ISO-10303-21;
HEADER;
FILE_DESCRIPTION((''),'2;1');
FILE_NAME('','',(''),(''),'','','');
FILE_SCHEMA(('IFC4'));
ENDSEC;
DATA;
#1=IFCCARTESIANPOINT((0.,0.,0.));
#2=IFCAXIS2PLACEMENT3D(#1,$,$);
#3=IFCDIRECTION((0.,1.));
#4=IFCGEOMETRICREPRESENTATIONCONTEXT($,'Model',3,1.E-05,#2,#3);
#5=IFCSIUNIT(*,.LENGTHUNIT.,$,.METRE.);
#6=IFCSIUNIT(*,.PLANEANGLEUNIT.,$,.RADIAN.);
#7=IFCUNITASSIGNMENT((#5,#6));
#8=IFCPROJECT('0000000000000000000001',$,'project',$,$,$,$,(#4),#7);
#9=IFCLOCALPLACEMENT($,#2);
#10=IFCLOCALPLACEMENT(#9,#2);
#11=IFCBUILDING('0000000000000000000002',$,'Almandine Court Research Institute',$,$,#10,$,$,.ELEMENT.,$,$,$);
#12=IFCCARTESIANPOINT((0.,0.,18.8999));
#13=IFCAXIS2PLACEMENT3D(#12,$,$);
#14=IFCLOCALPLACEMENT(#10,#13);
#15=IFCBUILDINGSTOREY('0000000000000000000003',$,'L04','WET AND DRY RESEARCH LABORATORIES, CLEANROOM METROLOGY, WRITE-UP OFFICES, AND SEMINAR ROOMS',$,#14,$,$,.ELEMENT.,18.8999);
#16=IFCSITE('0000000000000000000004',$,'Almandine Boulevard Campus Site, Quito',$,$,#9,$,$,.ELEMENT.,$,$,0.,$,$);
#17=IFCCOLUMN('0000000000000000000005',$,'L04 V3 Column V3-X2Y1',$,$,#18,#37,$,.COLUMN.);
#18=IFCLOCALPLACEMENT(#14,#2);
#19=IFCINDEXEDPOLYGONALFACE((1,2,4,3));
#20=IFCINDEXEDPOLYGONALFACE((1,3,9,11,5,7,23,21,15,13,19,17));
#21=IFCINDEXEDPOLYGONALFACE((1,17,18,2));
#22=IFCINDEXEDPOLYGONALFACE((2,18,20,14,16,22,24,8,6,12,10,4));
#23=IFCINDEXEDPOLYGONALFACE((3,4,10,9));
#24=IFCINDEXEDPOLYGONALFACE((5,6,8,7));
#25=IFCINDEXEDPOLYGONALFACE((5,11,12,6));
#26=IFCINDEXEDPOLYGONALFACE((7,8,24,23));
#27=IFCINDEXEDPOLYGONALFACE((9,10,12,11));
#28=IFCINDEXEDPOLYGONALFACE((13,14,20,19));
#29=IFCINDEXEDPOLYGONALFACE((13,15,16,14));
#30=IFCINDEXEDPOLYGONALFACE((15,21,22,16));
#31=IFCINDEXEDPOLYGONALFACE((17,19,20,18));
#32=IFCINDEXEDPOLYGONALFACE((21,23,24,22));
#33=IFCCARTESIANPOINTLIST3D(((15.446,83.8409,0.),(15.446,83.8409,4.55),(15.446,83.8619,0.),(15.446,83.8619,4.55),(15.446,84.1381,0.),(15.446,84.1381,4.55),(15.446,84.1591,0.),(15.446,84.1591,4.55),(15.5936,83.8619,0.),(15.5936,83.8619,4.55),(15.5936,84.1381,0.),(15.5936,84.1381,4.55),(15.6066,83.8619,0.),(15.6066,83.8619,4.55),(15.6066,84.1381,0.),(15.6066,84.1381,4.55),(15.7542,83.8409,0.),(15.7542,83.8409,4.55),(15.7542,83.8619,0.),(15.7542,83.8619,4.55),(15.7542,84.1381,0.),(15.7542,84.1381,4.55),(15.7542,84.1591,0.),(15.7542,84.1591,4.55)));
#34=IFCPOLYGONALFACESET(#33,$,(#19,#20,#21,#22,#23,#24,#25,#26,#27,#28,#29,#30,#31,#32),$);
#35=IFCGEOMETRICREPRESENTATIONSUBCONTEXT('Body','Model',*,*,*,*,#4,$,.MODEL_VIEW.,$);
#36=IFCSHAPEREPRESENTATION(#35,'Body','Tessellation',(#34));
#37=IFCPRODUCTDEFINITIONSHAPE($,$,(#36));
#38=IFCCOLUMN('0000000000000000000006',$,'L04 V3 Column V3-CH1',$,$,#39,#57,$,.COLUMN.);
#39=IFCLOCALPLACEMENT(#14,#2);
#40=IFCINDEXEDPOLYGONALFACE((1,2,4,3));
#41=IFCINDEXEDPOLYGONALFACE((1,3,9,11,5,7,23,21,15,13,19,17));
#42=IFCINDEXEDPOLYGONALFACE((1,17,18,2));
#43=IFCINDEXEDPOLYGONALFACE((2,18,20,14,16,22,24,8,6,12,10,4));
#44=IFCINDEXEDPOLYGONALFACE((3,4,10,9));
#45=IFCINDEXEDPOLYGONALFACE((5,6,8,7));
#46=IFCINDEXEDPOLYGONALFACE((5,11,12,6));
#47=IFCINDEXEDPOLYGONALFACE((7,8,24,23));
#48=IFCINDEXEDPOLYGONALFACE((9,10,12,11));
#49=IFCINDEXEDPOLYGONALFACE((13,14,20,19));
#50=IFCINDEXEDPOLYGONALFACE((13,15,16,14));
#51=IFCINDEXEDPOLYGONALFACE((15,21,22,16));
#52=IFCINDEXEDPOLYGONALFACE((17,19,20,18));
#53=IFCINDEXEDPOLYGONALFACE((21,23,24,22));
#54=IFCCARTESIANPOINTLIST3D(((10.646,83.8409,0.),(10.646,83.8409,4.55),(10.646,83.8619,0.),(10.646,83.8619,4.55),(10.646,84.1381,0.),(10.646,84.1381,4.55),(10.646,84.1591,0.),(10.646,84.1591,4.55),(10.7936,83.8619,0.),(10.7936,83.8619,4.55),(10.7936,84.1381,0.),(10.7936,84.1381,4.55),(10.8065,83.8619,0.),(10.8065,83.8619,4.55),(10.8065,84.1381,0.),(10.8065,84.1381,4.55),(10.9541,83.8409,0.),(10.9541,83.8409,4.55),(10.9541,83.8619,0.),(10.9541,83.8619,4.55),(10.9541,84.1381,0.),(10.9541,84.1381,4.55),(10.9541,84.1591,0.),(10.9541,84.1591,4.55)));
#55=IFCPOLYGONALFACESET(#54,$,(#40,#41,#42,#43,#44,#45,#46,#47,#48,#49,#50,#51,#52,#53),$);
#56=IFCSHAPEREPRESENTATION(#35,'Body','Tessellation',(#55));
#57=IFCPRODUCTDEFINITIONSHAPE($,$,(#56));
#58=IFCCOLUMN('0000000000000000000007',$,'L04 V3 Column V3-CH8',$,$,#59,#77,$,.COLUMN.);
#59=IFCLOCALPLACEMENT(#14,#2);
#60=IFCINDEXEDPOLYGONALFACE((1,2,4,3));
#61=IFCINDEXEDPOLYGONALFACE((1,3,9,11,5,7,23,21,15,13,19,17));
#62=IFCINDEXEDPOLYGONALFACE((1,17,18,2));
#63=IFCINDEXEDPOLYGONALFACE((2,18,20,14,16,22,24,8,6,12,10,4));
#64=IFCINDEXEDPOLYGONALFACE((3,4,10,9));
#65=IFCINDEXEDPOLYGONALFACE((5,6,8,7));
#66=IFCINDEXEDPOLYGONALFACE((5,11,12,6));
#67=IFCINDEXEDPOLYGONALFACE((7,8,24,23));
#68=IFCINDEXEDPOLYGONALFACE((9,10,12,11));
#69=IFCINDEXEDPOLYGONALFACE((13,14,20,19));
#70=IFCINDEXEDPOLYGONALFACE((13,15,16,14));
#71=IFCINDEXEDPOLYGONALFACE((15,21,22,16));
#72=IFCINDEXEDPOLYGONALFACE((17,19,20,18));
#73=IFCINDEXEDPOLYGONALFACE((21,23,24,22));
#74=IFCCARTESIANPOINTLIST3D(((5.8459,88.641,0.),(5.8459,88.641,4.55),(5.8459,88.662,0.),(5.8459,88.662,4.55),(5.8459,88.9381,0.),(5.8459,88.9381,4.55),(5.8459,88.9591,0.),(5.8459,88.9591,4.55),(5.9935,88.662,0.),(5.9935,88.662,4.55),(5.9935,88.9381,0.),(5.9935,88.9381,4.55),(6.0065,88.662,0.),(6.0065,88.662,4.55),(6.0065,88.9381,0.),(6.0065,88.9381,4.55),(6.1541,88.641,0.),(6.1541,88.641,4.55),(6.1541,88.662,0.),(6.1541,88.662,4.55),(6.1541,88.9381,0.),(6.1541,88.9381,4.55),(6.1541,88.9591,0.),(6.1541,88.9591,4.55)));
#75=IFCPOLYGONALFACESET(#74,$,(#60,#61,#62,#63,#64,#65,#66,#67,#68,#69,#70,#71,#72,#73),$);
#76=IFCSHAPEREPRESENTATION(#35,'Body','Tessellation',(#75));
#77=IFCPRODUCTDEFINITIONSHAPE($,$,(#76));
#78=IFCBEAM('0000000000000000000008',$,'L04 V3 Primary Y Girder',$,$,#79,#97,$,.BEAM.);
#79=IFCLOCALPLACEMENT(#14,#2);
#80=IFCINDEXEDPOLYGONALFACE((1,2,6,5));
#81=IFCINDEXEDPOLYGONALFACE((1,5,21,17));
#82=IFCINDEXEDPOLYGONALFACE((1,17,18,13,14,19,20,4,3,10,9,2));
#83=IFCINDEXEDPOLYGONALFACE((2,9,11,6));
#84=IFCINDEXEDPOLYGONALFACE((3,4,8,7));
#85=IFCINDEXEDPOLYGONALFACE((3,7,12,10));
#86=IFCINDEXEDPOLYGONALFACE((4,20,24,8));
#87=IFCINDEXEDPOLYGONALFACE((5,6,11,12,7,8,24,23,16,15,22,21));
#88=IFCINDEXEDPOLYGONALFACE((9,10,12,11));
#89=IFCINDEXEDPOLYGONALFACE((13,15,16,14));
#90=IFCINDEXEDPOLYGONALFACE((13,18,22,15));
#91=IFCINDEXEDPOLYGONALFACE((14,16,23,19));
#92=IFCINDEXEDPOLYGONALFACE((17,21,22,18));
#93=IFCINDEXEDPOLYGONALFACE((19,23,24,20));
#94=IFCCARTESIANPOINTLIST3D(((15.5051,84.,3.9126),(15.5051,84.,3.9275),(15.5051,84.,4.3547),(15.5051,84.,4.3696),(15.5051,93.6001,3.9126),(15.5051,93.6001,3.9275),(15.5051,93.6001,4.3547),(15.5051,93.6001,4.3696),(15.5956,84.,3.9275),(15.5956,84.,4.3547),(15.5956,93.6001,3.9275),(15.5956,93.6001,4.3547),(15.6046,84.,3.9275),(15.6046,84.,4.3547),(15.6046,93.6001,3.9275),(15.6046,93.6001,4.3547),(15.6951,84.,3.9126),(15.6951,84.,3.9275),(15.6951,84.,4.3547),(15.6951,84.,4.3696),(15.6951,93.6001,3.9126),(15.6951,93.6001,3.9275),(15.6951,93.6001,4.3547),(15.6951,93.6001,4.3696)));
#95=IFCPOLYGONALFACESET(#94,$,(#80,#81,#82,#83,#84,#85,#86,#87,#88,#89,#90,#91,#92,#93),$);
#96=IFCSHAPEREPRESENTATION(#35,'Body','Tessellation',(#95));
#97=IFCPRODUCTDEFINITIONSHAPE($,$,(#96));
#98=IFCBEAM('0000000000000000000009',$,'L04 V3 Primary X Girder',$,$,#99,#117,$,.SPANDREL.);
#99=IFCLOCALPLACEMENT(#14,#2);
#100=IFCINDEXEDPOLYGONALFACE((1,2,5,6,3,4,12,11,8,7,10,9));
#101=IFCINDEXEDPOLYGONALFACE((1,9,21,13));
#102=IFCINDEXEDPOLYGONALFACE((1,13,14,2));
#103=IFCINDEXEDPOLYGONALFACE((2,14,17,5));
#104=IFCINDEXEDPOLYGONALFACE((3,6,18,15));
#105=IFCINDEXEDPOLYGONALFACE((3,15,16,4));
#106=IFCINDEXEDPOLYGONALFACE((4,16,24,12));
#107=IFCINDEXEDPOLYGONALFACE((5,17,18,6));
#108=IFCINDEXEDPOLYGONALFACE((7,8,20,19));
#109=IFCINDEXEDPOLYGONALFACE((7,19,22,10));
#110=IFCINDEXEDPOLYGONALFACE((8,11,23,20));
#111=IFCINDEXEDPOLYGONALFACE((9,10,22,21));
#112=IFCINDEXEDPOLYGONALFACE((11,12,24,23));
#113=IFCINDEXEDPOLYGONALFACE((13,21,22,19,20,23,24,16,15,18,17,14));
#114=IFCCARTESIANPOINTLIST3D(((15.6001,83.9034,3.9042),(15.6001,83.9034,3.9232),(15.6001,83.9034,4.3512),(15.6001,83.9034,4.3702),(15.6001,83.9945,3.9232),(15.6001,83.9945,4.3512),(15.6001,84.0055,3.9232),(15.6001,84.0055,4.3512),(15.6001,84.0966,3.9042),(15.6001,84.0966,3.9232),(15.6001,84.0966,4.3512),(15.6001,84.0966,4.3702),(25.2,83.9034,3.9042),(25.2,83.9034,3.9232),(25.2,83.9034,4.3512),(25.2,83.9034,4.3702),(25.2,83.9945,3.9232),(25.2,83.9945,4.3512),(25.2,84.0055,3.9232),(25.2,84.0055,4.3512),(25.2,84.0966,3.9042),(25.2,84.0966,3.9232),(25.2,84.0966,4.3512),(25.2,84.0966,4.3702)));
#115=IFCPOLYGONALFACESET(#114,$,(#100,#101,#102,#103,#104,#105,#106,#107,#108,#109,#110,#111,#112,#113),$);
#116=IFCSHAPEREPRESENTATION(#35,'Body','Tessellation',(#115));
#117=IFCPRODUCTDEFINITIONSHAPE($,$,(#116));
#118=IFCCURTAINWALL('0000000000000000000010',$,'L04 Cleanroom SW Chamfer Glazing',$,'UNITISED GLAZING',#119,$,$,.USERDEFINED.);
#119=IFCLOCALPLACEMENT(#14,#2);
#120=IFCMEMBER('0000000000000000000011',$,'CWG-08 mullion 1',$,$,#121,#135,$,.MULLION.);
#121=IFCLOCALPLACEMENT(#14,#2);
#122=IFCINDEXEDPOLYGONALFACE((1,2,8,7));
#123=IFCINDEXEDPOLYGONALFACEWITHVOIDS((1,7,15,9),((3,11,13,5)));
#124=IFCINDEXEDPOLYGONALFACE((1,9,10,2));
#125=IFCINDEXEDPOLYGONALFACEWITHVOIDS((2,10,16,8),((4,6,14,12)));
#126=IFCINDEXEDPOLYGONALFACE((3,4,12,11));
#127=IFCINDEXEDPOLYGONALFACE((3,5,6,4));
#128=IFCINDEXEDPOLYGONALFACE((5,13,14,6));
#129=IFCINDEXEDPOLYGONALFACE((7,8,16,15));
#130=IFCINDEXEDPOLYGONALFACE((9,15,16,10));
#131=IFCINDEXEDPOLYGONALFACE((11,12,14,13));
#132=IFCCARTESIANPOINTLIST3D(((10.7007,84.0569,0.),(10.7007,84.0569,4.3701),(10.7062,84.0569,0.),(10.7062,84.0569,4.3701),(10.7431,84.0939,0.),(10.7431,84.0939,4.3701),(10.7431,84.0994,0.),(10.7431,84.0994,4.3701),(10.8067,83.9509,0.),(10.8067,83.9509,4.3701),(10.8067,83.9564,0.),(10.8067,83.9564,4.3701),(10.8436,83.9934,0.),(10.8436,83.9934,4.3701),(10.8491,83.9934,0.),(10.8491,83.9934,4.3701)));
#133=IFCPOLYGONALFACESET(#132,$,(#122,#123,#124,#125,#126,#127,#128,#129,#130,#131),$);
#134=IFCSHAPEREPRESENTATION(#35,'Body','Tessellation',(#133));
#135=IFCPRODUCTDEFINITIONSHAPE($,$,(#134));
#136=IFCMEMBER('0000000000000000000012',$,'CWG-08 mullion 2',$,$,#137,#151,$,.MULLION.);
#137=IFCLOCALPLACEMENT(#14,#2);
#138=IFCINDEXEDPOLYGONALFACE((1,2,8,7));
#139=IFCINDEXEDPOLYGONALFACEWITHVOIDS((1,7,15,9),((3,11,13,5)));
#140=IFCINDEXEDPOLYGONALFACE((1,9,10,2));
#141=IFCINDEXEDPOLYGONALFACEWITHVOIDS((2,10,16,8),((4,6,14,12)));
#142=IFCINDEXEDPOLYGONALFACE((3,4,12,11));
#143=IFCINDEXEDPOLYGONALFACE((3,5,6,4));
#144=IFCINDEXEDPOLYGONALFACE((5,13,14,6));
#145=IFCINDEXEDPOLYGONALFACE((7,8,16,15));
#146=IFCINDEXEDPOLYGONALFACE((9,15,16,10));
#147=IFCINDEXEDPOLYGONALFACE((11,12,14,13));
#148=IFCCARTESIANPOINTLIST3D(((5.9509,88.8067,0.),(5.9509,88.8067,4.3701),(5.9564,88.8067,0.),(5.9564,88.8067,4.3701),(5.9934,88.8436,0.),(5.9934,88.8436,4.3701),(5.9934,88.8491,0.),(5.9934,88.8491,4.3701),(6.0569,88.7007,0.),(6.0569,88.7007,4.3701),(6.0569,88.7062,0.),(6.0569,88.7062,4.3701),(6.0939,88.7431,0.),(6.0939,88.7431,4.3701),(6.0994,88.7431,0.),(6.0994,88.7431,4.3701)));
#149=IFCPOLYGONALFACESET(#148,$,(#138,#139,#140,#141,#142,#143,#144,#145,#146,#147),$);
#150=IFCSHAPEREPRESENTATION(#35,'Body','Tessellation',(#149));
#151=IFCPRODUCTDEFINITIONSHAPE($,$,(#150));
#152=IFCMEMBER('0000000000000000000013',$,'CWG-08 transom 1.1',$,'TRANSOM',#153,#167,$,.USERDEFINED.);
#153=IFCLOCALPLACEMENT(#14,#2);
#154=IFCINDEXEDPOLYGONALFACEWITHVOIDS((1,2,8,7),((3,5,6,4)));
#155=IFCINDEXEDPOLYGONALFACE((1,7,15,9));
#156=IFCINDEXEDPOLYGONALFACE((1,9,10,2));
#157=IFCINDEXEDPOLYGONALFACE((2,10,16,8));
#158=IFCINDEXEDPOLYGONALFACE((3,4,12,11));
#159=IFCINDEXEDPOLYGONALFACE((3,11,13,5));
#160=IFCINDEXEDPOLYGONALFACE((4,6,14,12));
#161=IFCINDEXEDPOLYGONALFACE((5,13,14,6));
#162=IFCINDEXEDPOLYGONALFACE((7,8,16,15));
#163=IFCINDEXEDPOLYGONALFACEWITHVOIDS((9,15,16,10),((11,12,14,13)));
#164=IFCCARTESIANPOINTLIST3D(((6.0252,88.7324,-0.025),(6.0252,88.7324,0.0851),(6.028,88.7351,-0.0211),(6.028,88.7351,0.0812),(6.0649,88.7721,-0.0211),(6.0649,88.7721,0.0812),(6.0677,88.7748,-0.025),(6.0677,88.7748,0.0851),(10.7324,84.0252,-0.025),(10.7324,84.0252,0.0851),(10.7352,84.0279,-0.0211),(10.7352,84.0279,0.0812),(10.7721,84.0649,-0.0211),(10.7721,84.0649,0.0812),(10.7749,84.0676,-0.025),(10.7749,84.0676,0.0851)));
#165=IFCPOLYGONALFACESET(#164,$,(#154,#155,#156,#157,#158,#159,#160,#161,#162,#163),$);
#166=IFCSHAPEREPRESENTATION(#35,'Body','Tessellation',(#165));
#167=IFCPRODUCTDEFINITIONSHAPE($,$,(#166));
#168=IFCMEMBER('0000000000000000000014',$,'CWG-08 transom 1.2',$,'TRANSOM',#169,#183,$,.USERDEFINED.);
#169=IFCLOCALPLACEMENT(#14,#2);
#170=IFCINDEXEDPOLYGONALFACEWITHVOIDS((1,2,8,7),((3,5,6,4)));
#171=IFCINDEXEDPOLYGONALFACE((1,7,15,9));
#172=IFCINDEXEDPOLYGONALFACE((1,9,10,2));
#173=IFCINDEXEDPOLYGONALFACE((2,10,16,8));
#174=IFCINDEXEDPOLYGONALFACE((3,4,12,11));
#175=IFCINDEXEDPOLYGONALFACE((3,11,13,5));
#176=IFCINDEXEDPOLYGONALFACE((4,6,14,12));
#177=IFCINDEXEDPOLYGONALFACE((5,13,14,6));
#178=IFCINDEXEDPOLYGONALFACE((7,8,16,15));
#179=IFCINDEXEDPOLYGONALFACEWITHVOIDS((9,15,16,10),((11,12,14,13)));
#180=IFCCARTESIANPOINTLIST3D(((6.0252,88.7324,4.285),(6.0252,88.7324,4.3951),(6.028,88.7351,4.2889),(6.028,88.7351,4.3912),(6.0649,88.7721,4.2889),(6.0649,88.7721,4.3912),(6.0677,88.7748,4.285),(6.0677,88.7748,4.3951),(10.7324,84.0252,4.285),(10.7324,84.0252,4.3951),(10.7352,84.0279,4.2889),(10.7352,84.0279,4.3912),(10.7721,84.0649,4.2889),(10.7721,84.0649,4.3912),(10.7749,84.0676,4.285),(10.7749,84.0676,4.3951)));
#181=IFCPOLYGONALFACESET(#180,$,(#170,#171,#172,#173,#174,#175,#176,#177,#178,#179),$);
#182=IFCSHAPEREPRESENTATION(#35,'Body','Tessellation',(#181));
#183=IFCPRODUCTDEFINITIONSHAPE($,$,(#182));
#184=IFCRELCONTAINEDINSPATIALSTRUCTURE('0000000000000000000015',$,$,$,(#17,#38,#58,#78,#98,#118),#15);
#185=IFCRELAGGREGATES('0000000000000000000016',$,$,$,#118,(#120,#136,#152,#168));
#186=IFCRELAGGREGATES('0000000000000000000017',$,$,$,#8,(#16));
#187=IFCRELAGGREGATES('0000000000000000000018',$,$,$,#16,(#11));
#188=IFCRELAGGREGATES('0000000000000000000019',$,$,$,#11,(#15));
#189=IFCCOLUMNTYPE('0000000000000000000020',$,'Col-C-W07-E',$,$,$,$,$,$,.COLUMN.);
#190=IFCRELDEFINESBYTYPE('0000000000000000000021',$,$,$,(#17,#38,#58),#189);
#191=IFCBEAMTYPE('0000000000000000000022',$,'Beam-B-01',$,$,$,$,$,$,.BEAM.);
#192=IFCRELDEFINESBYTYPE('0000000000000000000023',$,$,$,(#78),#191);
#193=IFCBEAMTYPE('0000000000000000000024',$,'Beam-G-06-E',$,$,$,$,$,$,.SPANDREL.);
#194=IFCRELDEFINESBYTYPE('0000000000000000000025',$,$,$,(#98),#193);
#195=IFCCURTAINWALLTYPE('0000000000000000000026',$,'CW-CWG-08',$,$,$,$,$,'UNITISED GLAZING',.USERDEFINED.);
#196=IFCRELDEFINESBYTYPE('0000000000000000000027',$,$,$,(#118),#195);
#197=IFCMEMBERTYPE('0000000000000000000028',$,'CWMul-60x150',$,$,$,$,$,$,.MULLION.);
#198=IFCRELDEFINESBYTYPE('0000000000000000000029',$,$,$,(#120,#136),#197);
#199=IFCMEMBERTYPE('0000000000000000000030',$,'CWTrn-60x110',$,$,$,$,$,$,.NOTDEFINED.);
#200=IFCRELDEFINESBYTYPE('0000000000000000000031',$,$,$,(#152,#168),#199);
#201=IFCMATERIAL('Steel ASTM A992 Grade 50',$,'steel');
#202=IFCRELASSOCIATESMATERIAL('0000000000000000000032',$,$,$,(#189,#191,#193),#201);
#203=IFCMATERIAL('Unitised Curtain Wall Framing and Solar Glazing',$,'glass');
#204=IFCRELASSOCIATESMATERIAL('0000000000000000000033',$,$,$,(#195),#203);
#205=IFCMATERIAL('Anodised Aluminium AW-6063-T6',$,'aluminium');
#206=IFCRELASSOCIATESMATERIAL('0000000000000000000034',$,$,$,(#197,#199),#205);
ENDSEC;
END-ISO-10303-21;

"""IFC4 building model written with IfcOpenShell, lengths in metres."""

from ifc_helpers import new_model, si_unit, direction, frame, origin, origin_2d, place, context, subcontext, project, spatial, hollow_rectangle, i_section, extrude, material, material_profile, profile_set, type_object, element, aggregate, save


model = new_model("IFC4")

# Units and contexts
model_context = context("Model", 3, precision=1e-05, world=origin(), true_north=direction((0.0, 1.0)))
body_context = subcontext(model_context, "Body", "Model", "MODEL_VIEW")
ifc_project = project(units=[si_unit("LENGTHUNIT", "METRE"), si_unit("PLANEANGLEUNIT", "RADIAN")], contexts=[model_context])

# Site, building, storey
site_placement = place(None, origin())
site = spatial("IfcSite", under=ifc_project, at=site_placement, Name="Almandine Boulevard Campus Site, Quito", CompositionType="ELEMENT", RefElevation=0.0)
building_placement = place(site_placement, origin())
building = spatial("IfcBuilding", under=site, at=building_placement, Name="Almandine Court Research Institute", CompositionType="ELEMENT")
storey_placement = place(building_placement, frame((0.0, 0.0, 18.8999)))
storey = spatial("IfcBuildingStorey", under=building, at=storey_placement, Name="L04", Description="WET AND DRY RESEARCH LABORATORIES, CLEANROOM METROLOGY, WRITE-UP OFFICES, AND SEMINAR ROOMS", CompositionType="ELEMENT", Elevation=18.8999)

# Columns
ifc_material_1 = material(Name="Steel ASTM A992 Grade 50", Category="steel")
ifc_material_profile_1 = material_profile(ifc_material_1, i_section(OverallWidth=0.3081, OverallDepth=0.3181, WebThickness=0.0129, FlangeThickness=0.021, at=origin_2d()), Name="W310x129")
ifc_profile_set_1 = profile_set([ifc_material_profile_1], Name="Steel ASTM A992 Grade 50")
column_type = type_object("IfcColumnType", Name="Col-C-W07-E", PredefinedType="COLUMN", material=ifc_profile_set_1)
for number, where, z_axis, x_axis, name in (
    (1, (15.6001, 84.0, 0.0), (0.0, 0.0, 1.0), (1.0, 0.0, 0.0), "L04 V3 Column V3-X2Y1"),
    (2, (10.8, 84.0, 0.0), (0.0, 0.0, 1.0), (1.0, 0.0, 0.0), "L04 V3 Column V3-CH1"),
    (3, (6.0, 88.8, 0.0), (0.0, 0.0, 1.0), (1.0, 0.0, 0.0), "L04 V3 Column V3-CH8"),
):
    element("IfcColumn", number, at=place(storey_placement, frame(where, z_axis=z_axis, x_axis=x_axis)), inside=storey, type_object=column_type, Name=name, PredefinedType="COLUMN", context=body_context, shape_type="SweptSolid", body=[
        extrude(i_section(OverallWidth=0.3081, OverallDepth=0.3181, WebThickness=0.0129, FlangeThickness=0.021, at=origin_2d()), origin(), (0.0, 0.0, 1.0), 4.55),
    ])

# Beams
ifc_material_profile_2 = material_profile(ifc_material_1, i_section(OverallWidth=0.1899, OverallDepth=0.457, WebThickness=0.009, FlangeThickness=0.0149, at=origin_2d()), Name="W460x74")
ifc_profile_set_2 = profile_set([ifc_material_profile_2], Name="Steel ASTM A992 Grade 50")
beam_type_1 = type_object("IfcBeamType", Name="Beam-B-01", PredefinedType="BEAM", material=ifc_profile_set_2)
beam_1_placement = place(storey_placement, frame((15.6001, 84.0, 4.1411), z_axis=(0.0, 1.0, 0.0), x_axis=(-1.0, 0.0, 0.0)))
element("IfcBeam", 4, at=beam_1_placement, inside=storey, type_object=beam_type_1, Name="L04 V3 Primary Y Girder", PredefinedType="BEAM", context=body_context, shape_type="SweptSolid", body=[
    extrude(i_section(OverallWidth=0.1899, OverallDepth=0.457, WebThickness=0.009, FlangeThickness=0.0149, at=origin_2d()), origin(), (0.0, 0.0, 1.0), 9.6001),
])
ifc_material_profile_3 = material_profile(ifc_material_1, i_section(OverallWidth=0.1931, OverallDepth=0.4661, WebThickness=0.011, FlangeThickness=0.019, at=origin_2d()), Name="W460x97")
ifc_profile_set_3 = profile_set([ifc_material_profile_3], Name="Steel ASTM A992 Grade 50")
beam_type_2 = type_object("IfcBeamType", Name="Beam-G-06-E", PredefinedType="SPANDREL", material=ifc_profile_set_3)
beam_2_placement = place(storey_placement, frame((15.6001, 84.0, 4.1372), z_axis=(1.0, 0.0, 0.0), x_axis=(0.0, 1.0, 0.0)))
element("IfcBeam", 5, at=beam_2_placement, inside=storey, type_object=beam_type_2, Name="L04 V3 Primary X Girder", PredefinedType="SPANDREL", context=body_context, shape_type="SweptSolid", body=[
    extrude(i_section(OverallWidth=0.1931, OverallDepth=0.4661, WebThickness=0.011, FlangeThickness=0.019, at=origin_2d()), origin(), (0.0, 0.0, 1.0), 9.5999),
])

# Curtain wall, members
ifc_material_2 = material(Name="Unitised Curtain Wall Framing and Solar Glazing", Category="glass")
curtain_wall_type = type_object("IfcCurtainWallType", Name="CW-CWG-08", ElementType="UNITISED GLAZING", PredefinedType="USERDEFINED", material=ifc_material_2)
curtain_wall_placement = place(storey_placement, origin())
curtain_wall = element("IfcCurtainWall", 6, at=curtain_wall_placement, inside=storey, type_object=curtain_wall_type, Name="L04 Cleanroom SW Chamfer Glazing", ObjectType="UNITISED GLAZING", PredefinedType="USERDEFINED")
ifc_material_3 = material(Name="Anodised Aluminium AW-6063-T6", Category="aluminium")
ifc_material_profile_4 = material_profile(ifc_material_3, hollow_rectangle(XDim=0.0601, YDim=0.1499, WallThickness=0.0039, at=origin_2d()), Name="ALU RHS 60x150x4")
ifc_profile_set_4 = profile_set([ifc_material_profile_4], Name="Anodised Aluminium AW-6063-T6")
member_type_1 = type_object("IfcMemberType", Name="CWMul-60x150", PredefinedType="MULLION", material=ifc_profile_set_4)
member_1_placement = place(storey_placement, frame((10.7749, 84.0251, 0.0), z_axis=(0.0, 0.0, 1.0), x_axis=(-0.707107, -0.707107, 0.0)))
member_1 = element("IfcMember", 7, at=member_1_placement, type_object=member_type_1, Name="CWG-08 mullion 1", PredefinedType="MULLION", context=body_context, shape_type="SweptSolid", body=[
    extrude(hollow_rectangle(XDim=0.0601, YDim=0.1499, WallThickness=0.0039, at=origin_2d()), origin(), (0.0, 0.0, 1.0), 4.3701),
])
member_2_placement = place(storey_placement, frame((6.0251, 88.7749, 0.0), z_axis=(0.0, 0.0, 1.0), x_axis=(-0.707107, -0.707107, 0.0)))
member_2 = element("IfcMember", 8, at=member_2_placement, type_object=member_type_1, Name="CWG-08 mullion 2", PredefinedType="MULLION", context=body_context, shape_type="SweptSolid", body=[
    extrude(hollow_rectangle(XDim=0.0601, YDim=0.1499, WallThickness=0.0039, at=origin_2d()), origin(), (0.0, 0.0, 1.0), 4.3701),
])
ifc_material_profile_5 = material_profile(ifc_material_3, hollow_rectangle(XDim=0.0601, YDim=0.1101, WallThickness=0.0039, at=origin_2d()), Name="ALU RHS 60x110x4")
ifc_profile_set_5 = profile_set([ifc_material_profile_5], Name="Anodised Aluminium AW-6063-T6")
member_type_2 = type_object("IfcMemberType", Name="CWTrn-60x110", PredefinedType="NOTDEFINED", material=ifc_profile_set_5)
member_3_placement = place(storey_placement, frame((10.7537, 84.0464, 0.03), z_axis=(-0.707107, 0.707107, 0.0), x_axis=(-0.707107, -0.707107, 0.0)))
member_3 = element("IfcMember", 9, at=member_3_placement, type_object=member_type_2, Name="CWG-08 transom 1.1", ObjectType="TRANSOM", PredefinedType="USERDEFINED", context=body_context, shape_type="SweptSolid", body=[
    extrude(hollow_rectangle(XDim=0.0601, YDim=0.1101, WallThickness=0.0039, at=origin_2d()), origin(), (0.0, 0.0, 1.0), 6.657),
])
member_4_placement = place(storey_placement, frame((10.7537, 84.0464, 4.3401), z_axis=(-0.707107, 0.707107, 0.0), x_axis=(-0.707107, -0.707107, 0.0)))
member_4 = element("IfcMember", 10, at=member_4_placement, type_object=member_type_2, Name="CWG-08 transom 1.2", ObjectType="TRANSOM", PredefinedType="USERDEFINED", context=body_context, shape_type="SweptSolid", body=[
    extrude(hollow_rectangle(XDim=0.0601, YDim=0.1101, WallThickness=0.0039, at=origin_2d()), origin(), (0.0, 0.0, 1.0), 6.657),
])
aggregate(curtain_wall, [member_1, member_2, member_3, member_4])

save(model, "model.ifc")
